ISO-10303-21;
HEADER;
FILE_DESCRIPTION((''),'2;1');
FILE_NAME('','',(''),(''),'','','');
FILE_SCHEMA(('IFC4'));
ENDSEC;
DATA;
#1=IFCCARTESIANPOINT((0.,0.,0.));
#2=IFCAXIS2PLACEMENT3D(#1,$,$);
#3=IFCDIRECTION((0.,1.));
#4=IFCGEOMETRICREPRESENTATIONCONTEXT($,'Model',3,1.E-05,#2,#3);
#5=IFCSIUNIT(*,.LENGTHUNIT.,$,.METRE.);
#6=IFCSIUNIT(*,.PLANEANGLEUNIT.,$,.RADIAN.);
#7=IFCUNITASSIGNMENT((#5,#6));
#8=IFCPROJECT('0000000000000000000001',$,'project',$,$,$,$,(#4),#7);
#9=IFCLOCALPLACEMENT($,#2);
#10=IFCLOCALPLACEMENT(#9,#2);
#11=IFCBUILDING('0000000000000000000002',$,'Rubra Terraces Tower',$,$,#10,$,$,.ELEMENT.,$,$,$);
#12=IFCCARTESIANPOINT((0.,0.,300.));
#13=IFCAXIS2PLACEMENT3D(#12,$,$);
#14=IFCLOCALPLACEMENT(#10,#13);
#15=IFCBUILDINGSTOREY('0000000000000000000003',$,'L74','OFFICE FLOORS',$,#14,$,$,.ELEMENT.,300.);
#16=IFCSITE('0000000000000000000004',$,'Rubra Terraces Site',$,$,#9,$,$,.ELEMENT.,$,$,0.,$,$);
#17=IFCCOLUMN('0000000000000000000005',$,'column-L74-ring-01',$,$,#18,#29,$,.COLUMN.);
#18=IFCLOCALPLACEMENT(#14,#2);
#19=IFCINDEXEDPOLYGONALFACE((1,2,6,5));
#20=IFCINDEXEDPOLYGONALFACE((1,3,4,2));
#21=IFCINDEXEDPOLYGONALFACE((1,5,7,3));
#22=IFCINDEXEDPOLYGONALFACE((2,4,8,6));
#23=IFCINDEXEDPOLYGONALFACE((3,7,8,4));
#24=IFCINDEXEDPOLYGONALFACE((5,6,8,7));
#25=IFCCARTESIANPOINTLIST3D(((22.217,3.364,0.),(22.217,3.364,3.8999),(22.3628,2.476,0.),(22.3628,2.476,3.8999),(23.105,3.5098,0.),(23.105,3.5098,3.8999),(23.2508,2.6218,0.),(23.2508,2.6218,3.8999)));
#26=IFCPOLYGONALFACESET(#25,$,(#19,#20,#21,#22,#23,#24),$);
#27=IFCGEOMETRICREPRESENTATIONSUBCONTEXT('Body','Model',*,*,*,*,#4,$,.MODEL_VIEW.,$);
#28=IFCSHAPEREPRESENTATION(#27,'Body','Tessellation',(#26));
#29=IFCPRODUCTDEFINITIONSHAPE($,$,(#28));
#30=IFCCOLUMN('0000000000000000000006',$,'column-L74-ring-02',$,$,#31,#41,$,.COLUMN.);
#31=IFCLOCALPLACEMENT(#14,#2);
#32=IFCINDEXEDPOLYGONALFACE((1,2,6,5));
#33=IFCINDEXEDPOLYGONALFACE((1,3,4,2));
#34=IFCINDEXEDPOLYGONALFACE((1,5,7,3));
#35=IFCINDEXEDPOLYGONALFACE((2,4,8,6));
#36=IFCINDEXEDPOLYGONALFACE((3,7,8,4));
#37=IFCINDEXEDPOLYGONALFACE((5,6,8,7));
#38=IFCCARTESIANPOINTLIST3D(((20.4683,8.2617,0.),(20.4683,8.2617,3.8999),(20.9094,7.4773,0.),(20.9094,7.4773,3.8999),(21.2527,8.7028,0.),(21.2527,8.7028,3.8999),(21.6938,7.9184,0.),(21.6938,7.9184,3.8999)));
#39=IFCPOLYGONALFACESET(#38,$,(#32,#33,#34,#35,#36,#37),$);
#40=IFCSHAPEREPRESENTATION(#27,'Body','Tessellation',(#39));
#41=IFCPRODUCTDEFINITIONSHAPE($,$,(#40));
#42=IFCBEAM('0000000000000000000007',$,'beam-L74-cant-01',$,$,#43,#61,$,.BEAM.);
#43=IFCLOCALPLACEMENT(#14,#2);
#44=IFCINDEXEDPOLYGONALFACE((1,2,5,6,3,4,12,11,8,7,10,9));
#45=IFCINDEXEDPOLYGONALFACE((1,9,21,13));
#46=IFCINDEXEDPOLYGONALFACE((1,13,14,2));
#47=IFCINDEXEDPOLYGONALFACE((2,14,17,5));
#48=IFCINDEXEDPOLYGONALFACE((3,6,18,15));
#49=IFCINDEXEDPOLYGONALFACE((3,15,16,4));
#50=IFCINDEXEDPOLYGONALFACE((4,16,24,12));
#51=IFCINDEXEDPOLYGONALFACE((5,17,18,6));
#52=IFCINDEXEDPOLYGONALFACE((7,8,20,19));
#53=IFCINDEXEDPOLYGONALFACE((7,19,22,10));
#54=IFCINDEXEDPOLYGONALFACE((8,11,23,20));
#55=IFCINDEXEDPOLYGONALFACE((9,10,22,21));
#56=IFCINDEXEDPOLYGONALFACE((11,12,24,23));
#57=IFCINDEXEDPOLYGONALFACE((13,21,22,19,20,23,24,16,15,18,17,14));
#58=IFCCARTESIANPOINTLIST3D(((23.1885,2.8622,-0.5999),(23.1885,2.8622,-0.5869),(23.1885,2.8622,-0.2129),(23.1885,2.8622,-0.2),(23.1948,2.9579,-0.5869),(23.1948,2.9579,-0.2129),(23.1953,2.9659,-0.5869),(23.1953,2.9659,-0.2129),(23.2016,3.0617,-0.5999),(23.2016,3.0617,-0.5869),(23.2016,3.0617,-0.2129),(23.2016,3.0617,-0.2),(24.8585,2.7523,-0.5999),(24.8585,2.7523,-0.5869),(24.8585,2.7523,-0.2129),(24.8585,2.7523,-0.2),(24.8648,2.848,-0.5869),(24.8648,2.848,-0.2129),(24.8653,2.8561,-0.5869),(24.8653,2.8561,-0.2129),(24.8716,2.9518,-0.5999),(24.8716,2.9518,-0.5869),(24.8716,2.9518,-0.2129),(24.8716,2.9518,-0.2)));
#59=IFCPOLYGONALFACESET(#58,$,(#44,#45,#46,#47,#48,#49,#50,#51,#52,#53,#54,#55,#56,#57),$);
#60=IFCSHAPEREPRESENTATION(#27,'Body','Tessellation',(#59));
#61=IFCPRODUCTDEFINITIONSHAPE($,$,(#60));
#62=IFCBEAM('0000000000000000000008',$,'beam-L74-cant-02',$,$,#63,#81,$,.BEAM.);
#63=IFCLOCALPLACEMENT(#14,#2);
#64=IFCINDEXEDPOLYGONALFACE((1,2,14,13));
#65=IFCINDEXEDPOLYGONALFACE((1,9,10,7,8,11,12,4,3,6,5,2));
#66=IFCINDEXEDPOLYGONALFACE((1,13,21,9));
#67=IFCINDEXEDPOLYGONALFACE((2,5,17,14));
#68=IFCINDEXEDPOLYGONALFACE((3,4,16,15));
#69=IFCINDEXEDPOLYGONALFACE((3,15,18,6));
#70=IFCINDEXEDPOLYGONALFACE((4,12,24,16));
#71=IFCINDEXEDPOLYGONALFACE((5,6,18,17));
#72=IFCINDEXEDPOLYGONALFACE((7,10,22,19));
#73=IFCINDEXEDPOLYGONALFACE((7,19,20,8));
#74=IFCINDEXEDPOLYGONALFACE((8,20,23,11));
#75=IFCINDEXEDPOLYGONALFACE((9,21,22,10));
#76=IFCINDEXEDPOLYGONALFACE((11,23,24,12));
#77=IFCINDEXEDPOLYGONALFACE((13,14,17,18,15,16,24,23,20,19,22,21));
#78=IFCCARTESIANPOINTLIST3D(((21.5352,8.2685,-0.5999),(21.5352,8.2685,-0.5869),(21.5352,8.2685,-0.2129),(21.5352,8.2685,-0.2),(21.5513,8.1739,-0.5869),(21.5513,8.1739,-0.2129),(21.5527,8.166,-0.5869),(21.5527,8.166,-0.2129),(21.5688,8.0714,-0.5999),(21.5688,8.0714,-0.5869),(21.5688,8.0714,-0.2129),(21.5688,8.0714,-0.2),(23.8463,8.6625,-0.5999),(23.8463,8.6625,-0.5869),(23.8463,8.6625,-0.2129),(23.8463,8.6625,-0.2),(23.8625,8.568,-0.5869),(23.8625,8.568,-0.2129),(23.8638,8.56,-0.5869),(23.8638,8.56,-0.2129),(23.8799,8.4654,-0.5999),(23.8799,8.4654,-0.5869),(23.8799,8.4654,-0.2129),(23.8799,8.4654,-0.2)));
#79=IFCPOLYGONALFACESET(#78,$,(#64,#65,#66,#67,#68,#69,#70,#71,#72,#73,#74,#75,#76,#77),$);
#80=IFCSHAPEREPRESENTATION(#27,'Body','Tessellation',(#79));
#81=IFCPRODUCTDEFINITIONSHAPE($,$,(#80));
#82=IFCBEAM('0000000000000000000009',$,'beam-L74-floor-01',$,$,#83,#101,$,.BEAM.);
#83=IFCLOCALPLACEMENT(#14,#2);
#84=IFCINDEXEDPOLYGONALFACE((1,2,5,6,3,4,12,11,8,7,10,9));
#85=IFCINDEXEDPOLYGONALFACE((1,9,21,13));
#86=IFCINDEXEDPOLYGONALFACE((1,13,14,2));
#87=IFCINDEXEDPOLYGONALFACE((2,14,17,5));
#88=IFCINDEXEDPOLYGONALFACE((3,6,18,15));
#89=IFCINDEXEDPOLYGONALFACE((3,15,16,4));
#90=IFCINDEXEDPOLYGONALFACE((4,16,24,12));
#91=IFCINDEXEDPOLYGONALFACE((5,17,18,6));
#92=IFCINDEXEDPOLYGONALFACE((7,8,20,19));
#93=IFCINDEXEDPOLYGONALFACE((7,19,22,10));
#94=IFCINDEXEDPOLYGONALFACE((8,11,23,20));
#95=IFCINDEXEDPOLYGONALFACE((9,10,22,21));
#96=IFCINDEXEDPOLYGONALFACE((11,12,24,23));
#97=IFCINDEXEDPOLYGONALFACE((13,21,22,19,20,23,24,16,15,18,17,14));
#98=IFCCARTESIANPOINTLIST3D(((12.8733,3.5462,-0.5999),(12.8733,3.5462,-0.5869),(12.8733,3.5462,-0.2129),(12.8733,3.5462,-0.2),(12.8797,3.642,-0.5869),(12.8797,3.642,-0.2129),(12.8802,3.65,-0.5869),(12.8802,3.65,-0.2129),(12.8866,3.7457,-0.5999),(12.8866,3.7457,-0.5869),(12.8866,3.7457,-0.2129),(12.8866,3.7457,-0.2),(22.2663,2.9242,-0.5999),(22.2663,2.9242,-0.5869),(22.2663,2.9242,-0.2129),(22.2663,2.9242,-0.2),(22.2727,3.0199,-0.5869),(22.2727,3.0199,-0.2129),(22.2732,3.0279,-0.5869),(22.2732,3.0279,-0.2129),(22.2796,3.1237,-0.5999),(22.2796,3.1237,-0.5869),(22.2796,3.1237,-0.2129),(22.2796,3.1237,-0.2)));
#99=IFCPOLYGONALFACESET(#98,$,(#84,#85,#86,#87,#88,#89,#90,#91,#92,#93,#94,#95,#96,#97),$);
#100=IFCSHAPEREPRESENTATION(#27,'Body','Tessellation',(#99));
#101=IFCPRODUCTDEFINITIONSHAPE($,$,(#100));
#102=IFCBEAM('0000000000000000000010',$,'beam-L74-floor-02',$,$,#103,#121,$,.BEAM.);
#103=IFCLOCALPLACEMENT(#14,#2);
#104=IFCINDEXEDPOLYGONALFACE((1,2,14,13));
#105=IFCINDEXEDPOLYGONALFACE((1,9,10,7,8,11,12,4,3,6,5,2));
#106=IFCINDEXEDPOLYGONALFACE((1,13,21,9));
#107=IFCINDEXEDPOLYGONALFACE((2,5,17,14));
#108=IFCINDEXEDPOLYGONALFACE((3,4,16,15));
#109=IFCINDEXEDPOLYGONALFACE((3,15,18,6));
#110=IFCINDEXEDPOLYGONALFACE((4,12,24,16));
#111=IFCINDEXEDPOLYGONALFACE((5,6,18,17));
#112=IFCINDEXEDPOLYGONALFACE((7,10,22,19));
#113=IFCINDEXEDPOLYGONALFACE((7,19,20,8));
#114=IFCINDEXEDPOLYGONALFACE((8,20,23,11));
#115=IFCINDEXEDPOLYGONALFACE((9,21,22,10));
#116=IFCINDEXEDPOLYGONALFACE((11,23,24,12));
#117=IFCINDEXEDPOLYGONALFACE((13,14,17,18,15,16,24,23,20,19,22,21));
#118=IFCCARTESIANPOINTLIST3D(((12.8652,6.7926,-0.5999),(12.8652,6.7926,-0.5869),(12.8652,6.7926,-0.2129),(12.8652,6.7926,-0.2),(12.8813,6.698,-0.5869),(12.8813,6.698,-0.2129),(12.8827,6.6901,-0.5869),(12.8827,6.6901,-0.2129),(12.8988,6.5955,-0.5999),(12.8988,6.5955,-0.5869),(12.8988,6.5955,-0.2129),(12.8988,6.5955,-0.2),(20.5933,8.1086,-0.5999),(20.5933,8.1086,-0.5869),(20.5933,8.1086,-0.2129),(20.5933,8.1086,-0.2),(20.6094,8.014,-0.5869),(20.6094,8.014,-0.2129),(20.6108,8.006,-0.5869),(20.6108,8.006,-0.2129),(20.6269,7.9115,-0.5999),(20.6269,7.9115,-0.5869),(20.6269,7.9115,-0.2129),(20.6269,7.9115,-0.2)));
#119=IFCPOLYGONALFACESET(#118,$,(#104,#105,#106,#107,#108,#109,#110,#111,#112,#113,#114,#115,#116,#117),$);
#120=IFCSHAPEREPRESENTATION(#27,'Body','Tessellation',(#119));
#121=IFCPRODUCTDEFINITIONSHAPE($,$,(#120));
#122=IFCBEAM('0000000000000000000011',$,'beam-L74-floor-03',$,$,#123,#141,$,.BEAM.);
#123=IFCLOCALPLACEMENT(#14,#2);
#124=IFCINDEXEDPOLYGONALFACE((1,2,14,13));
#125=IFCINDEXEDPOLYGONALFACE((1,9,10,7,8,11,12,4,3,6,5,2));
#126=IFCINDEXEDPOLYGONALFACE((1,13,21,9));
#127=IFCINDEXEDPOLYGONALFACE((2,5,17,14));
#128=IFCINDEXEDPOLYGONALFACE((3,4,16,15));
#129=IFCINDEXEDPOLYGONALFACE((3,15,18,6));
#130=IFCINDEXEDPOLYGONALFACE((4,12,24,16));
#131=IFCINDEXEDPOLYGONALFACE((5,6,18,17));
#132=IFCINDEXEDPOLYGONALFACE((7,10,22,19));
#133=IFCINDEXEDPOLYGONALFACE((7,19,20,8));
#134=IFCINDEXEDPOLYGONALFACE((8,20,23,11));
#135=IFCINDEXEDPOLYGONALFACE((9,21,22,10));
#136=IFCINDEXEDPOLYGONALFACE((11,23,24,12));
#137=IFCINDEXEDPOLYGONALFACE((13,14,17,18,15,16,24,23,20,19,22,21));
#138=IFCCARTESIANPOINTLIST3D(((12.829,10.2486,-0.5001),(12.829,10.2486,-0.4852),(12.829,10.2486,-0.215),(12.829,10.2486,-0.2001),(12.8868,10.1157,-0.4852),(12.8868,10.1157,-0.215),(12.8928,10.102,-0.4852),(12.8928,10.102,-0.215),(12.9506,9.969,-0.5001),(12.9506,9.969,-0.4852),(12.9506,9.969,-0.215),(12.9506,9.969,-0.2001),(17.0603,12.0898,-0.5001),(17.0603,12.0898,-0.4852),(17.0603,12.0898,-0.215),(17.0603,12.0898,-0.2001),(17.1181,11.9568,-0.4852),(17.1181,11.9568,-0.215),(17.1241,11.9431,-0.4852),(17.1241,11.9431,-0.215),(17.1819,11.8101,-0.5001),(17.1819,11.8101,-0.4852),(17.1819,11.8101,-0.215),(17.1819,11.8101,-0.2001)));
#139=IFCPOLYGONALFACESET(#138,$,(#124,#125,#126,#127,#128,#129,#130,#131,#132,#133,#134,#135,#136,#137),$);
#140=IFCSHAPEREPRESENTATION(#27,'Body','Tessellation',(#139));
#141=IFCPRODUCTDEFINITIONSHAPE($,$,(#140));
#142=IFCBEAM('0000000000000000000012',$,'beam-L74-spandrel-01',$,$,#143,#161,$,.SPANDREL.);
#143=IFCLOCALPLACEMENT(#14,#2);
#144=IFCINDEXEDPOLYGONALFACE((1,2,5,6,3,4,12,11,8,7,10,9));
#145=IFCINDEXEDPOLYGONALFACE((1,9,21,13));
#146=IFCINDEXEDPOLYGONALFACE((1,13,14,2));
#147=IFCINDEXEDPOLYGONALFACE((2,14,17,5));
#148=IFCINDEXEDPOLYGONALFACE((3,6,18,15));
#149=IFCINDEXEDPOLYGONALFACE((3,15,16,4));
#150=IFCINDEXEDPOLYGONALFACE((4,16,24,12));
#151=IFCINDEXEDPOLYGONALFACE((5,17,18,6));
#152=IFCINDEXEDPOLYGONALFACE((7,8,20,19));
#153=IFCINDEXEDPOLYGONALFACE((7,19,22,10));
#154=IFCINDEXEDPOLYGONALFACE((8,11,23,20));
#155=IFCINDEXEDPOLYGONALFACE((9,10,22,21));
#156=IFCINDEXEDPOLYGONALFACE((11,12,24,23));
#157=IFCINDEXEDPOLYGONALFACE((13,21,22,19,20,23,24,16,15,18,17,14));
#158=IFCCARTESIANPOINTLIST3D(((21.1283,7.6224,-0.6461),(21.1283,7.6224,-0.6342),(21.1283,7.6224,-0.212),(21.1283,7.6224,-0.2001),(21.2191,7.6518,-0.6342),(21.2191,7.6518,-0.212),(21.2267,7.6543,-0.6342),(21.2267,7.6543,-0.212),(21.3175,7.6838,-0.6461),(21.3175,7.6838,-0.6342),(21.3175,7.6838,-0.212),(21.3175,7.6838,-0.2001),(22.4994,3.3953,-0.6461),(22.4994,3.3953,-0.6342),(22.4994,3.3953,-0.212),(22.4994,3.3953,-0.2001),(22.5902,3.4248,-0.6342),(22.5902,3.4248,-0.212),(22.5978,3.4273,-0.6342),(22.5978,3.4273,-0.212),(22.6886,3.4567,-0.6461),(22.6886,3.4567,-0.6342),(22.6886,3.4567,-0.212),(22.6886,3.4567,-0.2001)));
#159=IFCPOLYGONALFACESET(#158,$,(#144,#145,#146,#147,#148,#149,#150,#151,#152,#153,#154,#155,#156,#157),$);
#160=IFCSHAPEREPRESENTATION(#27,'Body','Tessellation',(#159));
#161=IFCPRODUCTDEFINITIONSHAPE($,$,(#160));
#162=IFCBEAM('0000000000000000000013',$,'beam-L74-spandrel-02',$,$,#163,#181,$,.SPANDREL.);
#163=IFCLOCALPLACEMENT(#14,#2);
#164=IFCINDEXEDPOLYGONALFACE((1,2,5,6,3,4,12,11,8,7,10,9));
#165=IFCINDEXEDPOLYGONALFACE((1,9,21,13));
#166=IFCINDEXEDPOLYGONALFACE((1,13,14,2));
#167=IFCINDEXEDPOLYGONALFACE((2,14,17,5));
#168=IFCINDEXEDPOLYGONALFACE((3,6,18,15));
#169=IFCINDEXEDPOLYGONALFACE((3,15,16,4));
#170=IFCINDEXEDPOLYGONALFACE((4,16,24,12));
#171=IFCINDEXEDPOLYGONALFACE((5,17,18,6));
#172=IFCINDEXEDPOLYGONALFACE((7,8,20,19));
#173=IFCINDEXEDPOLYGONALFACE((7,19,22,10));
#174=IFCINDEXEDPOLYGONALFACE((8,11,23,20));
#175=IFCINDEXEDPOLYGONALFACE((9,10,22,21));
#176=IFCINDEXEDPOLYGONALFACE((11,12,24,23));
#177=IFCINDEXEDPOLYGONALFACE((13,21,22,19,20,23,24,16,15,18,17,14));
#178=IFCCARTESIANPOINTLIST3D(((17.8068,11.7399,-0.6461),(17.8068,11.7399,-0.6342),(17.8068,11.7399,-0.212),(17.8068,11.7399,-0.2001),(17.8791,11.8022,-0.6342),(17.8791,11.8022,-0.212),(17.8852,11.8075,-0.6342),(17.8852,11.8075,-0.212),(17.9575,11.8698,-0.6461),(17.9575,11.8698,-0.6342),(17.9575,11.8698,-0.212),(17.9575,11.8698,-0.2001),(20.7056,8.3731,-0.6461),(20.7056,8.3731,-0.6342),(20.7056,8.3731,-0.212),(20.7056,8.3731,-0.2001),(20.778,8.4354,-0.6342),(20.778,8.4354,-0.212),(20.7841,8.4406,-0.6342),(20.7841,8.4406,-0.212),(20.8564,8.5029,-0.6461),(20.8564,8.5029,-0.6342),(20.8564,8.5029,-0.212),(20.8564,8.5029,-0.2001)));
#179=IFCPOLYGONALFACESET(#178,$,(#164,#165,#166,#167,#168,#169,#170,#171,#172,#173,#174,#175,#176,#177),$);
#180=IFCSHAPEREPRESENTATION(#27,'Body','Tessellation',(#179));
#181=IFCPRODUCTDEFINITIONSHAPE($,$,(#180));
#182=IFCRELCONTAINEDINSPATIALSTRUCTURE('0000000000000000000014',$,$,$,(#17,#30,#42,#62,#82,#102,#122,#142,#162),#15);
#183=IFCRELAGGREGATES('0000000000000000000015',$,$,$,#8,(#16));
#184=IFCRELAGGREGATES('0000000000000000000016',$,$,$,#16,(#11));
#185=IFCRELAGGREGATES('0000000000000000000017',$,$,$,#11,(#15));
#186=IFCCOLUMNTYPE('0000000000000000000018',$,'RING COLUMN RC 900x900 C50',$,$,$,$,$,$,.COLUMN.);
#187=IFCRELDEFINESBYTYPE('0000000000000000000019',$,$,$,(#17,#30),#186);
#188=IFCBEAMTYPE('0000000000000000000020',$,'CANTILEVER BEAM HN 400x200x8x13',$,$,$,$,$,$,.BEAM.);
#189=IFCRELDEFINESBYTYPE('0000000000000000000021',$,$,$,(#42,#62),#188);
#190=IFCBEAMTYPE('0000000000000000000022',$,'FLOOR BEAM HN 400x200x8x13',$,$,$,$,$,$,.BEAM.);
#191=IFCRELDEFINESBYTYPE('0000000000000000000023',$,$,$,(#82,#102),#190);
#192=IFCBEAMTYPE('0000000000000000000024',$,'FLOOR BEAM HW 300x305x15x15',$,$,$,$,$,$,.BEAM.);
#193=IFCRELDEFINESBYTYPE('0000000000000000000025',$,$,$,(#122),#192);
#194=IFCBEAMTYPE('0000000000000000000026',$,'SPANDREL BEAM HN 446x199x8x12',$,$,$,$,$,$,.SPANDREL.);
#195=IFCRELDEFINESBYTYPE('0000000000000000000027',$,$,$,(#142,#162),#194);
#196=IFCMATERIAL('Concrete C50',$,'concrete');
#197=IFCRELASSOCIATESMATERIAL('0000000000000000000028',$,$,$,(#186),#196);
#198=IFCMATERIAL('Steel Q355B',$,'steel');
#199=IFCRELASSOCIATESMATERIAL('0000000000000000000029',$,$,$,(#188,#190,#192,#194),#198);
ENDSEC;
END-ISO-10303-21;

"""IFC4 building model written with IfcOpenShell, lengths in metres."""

from ifc_helpers import new_model, si_unit, direction, frame, origin, origin_2d, place, context, subcontext, project, spatial, rectangle, i_section, extrude, material, material_profile, profile_set, type_object, element, save


model = new_model("IFC4")

# Units and contexts
model_context = context("Model", 3, precision=1e-05, world=origin(), true_north=direction((0.0, 1.0)))
body_context = subcontext(model_context, "Body", "Model", "MODEL_VIEW")
ifc_project = project(units=[si_unit("LENGTHUNIT", "METRE"), si_unit("PLANEANGLEUNIT", "RADIAN")], contexts=[model_context])

# Site, building, storey
site_placement = place(None, origin())
site = spatial("IfcSite", under=ifc_project, at=site_placement, Name="Rubra Terraces Site", CompositionType="ELEMENT", RefElevation=0.0)
building_placement = place(site_placement, origin())
building = spatial("IfcBuilding", under=site, at=building_placement, Name="Rubra Terraces Tower", CompositionType="ELEMENT")
storey_placement = place(building_placement, frame((0.0, 0.0, 300.0)))
storey = spatial("IfcBuildingStorey", under=building, at=storey_placement, Name="L74", Description="OFFICE FLOORS", CompositionType="ELEMENT", Elevation=300.0)

# Columns
ifc_material_1 = material(Name="Concrete C50", Category="concrete")
ifc_material_profile_1 = material_profile(ifc_material_1, rectangle(XDim=0.8999, YDim=0.8999, at=origin_2d()), Name="RC 900x900")
ifc_profile_set_1 = profile_set([ifc_material_profile_1], Name="Concrete C50")
column_type = type_object("IfcColumnType", Name="RING COLUMN RC 900x900 C50", PredefinedType="COLUMN", material=ifc_profile_set_1)
for number, where, z_axis, x_axis, name in (
    (1, (22.7339, 2.9929, 0.0), (0.0, 0.0, 1.0), (-0.162062, 0.986781, 0.0), "column-L74-ring-01"),
    (2, (21.0811, 8.0901, 0.0), (0.0, 0.0, 1.0), (-0.490162, 0.871631, 0.0), "column-L74-ring-02"),
):
    element("IfcColumn", number, at=place(storey_placement, frame(where, z_axis=z_axis, x_axis=x_axis)), inside=storey, type_object=column_type, Name=name, PredefinedType="COLUMN", context=body_context, shape_type="SweptSolid", body=[
        extrude(rectangle(XDim=0.8999, YDim=0.8999, at=origin_2d()), origin(), (0.0, 0.0, 1.0), 3.8999),
    ])

# Beams
ifc_material_2 = material(Name="Steel Q355B", Category="steel")
ifc_material_profile_2 = material_profile(ifc_material_2, i_section(OverallWidth=0.2, OverallDepth=0.3999, WebThickness=0.0081, FlangeThickness=0.0129, at=origin_2d()), Name="HN 400x200x8x13")
ifc_profile_set_2 = profile_set([ifc_material_profile_2], Name="Steel Q355B")
beam_type_1 = type_object("IfcBeamType", Name="CANTILEVER BEAM HN 400x200x8x13", PredefinedType="BEAM", material=ifc_profile_set_2)
beam_1_placement = place(storey_placement, frame((23.1951, 2.9619, -0.3999), z_axis=(0.997843, -0.065648, 0.0), x_axis=(0.065648, 0.997843, 0.0)))
element("IfcBeam", 3, at=beam_1_placement, inside=storey, type_object=beam_type_1, Name="beam-L74-cant-01", PredefinedType="BEAM", context=body_context, shape_type="SweptSolid", body=[
    extrude(i_section(OverallWidth=0.2, OverallDepth=0.3999, WebThickness=0.0081, FlangeThickness=0.0129, at=origin_2d()), origin(), (0.0, 0.0, 1.0), 1.6736),
])
beam_2_placement = place(storey_placement, frame((21.552, 8.1699, -0.3999), z_axis=(0.985773, 0.168079, 0.0), x_axis=(-0.168079, 0.985773, 0.0)))
element("IfcBeam", 4, at=beam_2_placement, inside=storey, type_object=beam_type_1, Name="beam-L74-cant-02", PredefinedType="BEAM", context=body_context, shape_type="SweptSolid", body=[
    extrude(i_section(OverallWidth=0.2, OverallDepth=0.3999, WebThickness=0.0081, FlangeThickness=0.0129, at=origin_2d()), origin(), (0.0, 0.0, 1.0), 2.3445),
])
ifc_material_profile_3 = material_profile(ifc_material_2, i_section(OverallWidth=0.2, OverallDepth=0.3999, WebThickness=0.0081, FlangeThickness=0.0129, at=origin_2d()), Name="HN 400x200x8x13")
ifc_profile_set_3 = profile_set([ifc_material_profile_3], Name="Steel Q355B")
beam_type_2 = type_object("IfcBeamType", Name="FLOOR BEAM HN 400x200x8x13", PredefinedType="BEAM", material=ifc_profile_set_3)
beam_3_placement = place(storey_placement, frame((22.2729, 3.0239, -0.3999), z_axis=(-0.997814, 0.066082, 0.0), x_axis=(-0.066082, -0.997814, 0.0)))
element("IfcBeam", 5, at=beam_3_placement, inside=storey, type_object=beam_type_2, Name="beam-L74-floor-01", PredefinedType="BEAM", context=body_context, shape_type="SweptSolid", body=[
    extrude(i_section(OverallWidth=0.2, OverallDepth=0.3999, WebThickness=0.0081, FlangeThickness=0.0129, at=origin_2d()), origin(), (0.0, 0.0, 1.0), 9.4136),
])
beam_4_placement = place(storey_placement, frame((20.6101, 8.01, -0.3999), z_axis=(-0.98581, -0.167862, 0.0), x_axis=(0.167862, -0.98581, 0.0)))
element("IfcBeam", 6, at=beam_4_placement, inside=storey, type_object=beam_type_2, Name="beam-L74-floor-02", PredefinedType="BEAM", context=body_context, shape_type="SweptSolid", body=[
    extrude(i_section(OverallWidth=0.2, OverallDepth=0.3999, WebThickness=0.0081, FlangeThickness=0.0129, at=origin_2d()), origin(), (0.0, 0.0, 1.0), 7.8394),
])
ifc_material_profile_4 = material_profile(ifc_material_2, i_section(OverallWidth=0.3049, OverallDepth=0.3, WebThickness=0.0149, FlangeThickness=0.0149, at=origin_2d()), Name="HW 300x305x15x15")
ifc_profile_set_4 = profile_set([ifc_material_profile_4], Name="Steel Q355B")
beam_type_3 = type_object("IfcBeamType", Name="FLOOR BEAM HW 300x305x15x15", PredefinedType="BEAM", material=ifc_profile_set_4)
beam_5_placement = place(storey_placement, frame((17.1211, 11.95, -0.3501), z_axis=(-0.916958, -0.398983, 0.0), x_axis=(0.398983, -0.916958, 0.0)))
element("IfcBeam", 7, at=beam_5_placement, inside=storey, type_object=beam_type_3, Name="beam-L74-floor-03", PredefinedType="BEAM", context=body_context, shape_type="SweptSolid", body=[
    extrude(i_section(OverallWidth=0.3049, OverallDepth=0.3, WebThickness=0.0149, FlangeThickness=0.0149, at=origin_2d()), origin(), (0.0, 0.0, 1.0), 4.6145),
])
ifc_material_profile_5 = material_profile(ifc_material_2, i_section(OverallWidth=0.199, OverallDepth=0.446, WebThickness=0.0081, FlangeThickness=0.012, at=origin_2d()), Name="HN 446x199x8x12")
ifc_profile_set_5 = profile_set([ifc_material_profile_5], Name="Steel Q355B")
beam_type_4 = type_object("IfcBeamType", Name="SPANDREL BEAM HN 446x199x8x12", PredefinedType="SPANDREL", material=ifc_profile_set_5)
beam_6_placement = place(storey_placement, frame((22.594, 3.426, -0.4231), z_axis=(-0.308537, 0.951212, 0.0), x_axis=(-0.951212, -0.308537, 0.0)))
element("IfcBeam", 8, at=beam_6_placement, inside=storey, type_object=beam_type_4, Name="beam-L74-spandrel-01", PredefinedType="SPANDREL", context=body_context, shape_type="SweptSolid", body=[
    extrude(i_section(OverallWidth=0.199, OverallDepth=0.446, WebThickness=0.0081, FlangeThickness=0.012, at=origin_2d()), origin(), (0.0, 0.0, 1.0), 4.4438),
])
beam_7_placement = place(storey_placement, frame((20.781, 8.438, -0.4231), z_axis=(-0.652473, 0.757812, 0.0), x_axis=(-0.757812, -0.652473, 0.0)))
element("IfcBeam", 9, at=beam_7_placement, inside=storey, type_object=beam_type_4, Name="beam-L74-spandrel-02", PredefinedType="SPANDREL", context=body_context, shape_type="SweptSolid", body=[
    extrude(i_section(OverallWidth=0.199, OverallDepth=0.446, WebThickness=0.0081, FlangeThickness=0.012, at=origin_2d()), origin(), (0.0, 0.0, 1.0), 4.4429),
])

save(model, "model.ifc")
